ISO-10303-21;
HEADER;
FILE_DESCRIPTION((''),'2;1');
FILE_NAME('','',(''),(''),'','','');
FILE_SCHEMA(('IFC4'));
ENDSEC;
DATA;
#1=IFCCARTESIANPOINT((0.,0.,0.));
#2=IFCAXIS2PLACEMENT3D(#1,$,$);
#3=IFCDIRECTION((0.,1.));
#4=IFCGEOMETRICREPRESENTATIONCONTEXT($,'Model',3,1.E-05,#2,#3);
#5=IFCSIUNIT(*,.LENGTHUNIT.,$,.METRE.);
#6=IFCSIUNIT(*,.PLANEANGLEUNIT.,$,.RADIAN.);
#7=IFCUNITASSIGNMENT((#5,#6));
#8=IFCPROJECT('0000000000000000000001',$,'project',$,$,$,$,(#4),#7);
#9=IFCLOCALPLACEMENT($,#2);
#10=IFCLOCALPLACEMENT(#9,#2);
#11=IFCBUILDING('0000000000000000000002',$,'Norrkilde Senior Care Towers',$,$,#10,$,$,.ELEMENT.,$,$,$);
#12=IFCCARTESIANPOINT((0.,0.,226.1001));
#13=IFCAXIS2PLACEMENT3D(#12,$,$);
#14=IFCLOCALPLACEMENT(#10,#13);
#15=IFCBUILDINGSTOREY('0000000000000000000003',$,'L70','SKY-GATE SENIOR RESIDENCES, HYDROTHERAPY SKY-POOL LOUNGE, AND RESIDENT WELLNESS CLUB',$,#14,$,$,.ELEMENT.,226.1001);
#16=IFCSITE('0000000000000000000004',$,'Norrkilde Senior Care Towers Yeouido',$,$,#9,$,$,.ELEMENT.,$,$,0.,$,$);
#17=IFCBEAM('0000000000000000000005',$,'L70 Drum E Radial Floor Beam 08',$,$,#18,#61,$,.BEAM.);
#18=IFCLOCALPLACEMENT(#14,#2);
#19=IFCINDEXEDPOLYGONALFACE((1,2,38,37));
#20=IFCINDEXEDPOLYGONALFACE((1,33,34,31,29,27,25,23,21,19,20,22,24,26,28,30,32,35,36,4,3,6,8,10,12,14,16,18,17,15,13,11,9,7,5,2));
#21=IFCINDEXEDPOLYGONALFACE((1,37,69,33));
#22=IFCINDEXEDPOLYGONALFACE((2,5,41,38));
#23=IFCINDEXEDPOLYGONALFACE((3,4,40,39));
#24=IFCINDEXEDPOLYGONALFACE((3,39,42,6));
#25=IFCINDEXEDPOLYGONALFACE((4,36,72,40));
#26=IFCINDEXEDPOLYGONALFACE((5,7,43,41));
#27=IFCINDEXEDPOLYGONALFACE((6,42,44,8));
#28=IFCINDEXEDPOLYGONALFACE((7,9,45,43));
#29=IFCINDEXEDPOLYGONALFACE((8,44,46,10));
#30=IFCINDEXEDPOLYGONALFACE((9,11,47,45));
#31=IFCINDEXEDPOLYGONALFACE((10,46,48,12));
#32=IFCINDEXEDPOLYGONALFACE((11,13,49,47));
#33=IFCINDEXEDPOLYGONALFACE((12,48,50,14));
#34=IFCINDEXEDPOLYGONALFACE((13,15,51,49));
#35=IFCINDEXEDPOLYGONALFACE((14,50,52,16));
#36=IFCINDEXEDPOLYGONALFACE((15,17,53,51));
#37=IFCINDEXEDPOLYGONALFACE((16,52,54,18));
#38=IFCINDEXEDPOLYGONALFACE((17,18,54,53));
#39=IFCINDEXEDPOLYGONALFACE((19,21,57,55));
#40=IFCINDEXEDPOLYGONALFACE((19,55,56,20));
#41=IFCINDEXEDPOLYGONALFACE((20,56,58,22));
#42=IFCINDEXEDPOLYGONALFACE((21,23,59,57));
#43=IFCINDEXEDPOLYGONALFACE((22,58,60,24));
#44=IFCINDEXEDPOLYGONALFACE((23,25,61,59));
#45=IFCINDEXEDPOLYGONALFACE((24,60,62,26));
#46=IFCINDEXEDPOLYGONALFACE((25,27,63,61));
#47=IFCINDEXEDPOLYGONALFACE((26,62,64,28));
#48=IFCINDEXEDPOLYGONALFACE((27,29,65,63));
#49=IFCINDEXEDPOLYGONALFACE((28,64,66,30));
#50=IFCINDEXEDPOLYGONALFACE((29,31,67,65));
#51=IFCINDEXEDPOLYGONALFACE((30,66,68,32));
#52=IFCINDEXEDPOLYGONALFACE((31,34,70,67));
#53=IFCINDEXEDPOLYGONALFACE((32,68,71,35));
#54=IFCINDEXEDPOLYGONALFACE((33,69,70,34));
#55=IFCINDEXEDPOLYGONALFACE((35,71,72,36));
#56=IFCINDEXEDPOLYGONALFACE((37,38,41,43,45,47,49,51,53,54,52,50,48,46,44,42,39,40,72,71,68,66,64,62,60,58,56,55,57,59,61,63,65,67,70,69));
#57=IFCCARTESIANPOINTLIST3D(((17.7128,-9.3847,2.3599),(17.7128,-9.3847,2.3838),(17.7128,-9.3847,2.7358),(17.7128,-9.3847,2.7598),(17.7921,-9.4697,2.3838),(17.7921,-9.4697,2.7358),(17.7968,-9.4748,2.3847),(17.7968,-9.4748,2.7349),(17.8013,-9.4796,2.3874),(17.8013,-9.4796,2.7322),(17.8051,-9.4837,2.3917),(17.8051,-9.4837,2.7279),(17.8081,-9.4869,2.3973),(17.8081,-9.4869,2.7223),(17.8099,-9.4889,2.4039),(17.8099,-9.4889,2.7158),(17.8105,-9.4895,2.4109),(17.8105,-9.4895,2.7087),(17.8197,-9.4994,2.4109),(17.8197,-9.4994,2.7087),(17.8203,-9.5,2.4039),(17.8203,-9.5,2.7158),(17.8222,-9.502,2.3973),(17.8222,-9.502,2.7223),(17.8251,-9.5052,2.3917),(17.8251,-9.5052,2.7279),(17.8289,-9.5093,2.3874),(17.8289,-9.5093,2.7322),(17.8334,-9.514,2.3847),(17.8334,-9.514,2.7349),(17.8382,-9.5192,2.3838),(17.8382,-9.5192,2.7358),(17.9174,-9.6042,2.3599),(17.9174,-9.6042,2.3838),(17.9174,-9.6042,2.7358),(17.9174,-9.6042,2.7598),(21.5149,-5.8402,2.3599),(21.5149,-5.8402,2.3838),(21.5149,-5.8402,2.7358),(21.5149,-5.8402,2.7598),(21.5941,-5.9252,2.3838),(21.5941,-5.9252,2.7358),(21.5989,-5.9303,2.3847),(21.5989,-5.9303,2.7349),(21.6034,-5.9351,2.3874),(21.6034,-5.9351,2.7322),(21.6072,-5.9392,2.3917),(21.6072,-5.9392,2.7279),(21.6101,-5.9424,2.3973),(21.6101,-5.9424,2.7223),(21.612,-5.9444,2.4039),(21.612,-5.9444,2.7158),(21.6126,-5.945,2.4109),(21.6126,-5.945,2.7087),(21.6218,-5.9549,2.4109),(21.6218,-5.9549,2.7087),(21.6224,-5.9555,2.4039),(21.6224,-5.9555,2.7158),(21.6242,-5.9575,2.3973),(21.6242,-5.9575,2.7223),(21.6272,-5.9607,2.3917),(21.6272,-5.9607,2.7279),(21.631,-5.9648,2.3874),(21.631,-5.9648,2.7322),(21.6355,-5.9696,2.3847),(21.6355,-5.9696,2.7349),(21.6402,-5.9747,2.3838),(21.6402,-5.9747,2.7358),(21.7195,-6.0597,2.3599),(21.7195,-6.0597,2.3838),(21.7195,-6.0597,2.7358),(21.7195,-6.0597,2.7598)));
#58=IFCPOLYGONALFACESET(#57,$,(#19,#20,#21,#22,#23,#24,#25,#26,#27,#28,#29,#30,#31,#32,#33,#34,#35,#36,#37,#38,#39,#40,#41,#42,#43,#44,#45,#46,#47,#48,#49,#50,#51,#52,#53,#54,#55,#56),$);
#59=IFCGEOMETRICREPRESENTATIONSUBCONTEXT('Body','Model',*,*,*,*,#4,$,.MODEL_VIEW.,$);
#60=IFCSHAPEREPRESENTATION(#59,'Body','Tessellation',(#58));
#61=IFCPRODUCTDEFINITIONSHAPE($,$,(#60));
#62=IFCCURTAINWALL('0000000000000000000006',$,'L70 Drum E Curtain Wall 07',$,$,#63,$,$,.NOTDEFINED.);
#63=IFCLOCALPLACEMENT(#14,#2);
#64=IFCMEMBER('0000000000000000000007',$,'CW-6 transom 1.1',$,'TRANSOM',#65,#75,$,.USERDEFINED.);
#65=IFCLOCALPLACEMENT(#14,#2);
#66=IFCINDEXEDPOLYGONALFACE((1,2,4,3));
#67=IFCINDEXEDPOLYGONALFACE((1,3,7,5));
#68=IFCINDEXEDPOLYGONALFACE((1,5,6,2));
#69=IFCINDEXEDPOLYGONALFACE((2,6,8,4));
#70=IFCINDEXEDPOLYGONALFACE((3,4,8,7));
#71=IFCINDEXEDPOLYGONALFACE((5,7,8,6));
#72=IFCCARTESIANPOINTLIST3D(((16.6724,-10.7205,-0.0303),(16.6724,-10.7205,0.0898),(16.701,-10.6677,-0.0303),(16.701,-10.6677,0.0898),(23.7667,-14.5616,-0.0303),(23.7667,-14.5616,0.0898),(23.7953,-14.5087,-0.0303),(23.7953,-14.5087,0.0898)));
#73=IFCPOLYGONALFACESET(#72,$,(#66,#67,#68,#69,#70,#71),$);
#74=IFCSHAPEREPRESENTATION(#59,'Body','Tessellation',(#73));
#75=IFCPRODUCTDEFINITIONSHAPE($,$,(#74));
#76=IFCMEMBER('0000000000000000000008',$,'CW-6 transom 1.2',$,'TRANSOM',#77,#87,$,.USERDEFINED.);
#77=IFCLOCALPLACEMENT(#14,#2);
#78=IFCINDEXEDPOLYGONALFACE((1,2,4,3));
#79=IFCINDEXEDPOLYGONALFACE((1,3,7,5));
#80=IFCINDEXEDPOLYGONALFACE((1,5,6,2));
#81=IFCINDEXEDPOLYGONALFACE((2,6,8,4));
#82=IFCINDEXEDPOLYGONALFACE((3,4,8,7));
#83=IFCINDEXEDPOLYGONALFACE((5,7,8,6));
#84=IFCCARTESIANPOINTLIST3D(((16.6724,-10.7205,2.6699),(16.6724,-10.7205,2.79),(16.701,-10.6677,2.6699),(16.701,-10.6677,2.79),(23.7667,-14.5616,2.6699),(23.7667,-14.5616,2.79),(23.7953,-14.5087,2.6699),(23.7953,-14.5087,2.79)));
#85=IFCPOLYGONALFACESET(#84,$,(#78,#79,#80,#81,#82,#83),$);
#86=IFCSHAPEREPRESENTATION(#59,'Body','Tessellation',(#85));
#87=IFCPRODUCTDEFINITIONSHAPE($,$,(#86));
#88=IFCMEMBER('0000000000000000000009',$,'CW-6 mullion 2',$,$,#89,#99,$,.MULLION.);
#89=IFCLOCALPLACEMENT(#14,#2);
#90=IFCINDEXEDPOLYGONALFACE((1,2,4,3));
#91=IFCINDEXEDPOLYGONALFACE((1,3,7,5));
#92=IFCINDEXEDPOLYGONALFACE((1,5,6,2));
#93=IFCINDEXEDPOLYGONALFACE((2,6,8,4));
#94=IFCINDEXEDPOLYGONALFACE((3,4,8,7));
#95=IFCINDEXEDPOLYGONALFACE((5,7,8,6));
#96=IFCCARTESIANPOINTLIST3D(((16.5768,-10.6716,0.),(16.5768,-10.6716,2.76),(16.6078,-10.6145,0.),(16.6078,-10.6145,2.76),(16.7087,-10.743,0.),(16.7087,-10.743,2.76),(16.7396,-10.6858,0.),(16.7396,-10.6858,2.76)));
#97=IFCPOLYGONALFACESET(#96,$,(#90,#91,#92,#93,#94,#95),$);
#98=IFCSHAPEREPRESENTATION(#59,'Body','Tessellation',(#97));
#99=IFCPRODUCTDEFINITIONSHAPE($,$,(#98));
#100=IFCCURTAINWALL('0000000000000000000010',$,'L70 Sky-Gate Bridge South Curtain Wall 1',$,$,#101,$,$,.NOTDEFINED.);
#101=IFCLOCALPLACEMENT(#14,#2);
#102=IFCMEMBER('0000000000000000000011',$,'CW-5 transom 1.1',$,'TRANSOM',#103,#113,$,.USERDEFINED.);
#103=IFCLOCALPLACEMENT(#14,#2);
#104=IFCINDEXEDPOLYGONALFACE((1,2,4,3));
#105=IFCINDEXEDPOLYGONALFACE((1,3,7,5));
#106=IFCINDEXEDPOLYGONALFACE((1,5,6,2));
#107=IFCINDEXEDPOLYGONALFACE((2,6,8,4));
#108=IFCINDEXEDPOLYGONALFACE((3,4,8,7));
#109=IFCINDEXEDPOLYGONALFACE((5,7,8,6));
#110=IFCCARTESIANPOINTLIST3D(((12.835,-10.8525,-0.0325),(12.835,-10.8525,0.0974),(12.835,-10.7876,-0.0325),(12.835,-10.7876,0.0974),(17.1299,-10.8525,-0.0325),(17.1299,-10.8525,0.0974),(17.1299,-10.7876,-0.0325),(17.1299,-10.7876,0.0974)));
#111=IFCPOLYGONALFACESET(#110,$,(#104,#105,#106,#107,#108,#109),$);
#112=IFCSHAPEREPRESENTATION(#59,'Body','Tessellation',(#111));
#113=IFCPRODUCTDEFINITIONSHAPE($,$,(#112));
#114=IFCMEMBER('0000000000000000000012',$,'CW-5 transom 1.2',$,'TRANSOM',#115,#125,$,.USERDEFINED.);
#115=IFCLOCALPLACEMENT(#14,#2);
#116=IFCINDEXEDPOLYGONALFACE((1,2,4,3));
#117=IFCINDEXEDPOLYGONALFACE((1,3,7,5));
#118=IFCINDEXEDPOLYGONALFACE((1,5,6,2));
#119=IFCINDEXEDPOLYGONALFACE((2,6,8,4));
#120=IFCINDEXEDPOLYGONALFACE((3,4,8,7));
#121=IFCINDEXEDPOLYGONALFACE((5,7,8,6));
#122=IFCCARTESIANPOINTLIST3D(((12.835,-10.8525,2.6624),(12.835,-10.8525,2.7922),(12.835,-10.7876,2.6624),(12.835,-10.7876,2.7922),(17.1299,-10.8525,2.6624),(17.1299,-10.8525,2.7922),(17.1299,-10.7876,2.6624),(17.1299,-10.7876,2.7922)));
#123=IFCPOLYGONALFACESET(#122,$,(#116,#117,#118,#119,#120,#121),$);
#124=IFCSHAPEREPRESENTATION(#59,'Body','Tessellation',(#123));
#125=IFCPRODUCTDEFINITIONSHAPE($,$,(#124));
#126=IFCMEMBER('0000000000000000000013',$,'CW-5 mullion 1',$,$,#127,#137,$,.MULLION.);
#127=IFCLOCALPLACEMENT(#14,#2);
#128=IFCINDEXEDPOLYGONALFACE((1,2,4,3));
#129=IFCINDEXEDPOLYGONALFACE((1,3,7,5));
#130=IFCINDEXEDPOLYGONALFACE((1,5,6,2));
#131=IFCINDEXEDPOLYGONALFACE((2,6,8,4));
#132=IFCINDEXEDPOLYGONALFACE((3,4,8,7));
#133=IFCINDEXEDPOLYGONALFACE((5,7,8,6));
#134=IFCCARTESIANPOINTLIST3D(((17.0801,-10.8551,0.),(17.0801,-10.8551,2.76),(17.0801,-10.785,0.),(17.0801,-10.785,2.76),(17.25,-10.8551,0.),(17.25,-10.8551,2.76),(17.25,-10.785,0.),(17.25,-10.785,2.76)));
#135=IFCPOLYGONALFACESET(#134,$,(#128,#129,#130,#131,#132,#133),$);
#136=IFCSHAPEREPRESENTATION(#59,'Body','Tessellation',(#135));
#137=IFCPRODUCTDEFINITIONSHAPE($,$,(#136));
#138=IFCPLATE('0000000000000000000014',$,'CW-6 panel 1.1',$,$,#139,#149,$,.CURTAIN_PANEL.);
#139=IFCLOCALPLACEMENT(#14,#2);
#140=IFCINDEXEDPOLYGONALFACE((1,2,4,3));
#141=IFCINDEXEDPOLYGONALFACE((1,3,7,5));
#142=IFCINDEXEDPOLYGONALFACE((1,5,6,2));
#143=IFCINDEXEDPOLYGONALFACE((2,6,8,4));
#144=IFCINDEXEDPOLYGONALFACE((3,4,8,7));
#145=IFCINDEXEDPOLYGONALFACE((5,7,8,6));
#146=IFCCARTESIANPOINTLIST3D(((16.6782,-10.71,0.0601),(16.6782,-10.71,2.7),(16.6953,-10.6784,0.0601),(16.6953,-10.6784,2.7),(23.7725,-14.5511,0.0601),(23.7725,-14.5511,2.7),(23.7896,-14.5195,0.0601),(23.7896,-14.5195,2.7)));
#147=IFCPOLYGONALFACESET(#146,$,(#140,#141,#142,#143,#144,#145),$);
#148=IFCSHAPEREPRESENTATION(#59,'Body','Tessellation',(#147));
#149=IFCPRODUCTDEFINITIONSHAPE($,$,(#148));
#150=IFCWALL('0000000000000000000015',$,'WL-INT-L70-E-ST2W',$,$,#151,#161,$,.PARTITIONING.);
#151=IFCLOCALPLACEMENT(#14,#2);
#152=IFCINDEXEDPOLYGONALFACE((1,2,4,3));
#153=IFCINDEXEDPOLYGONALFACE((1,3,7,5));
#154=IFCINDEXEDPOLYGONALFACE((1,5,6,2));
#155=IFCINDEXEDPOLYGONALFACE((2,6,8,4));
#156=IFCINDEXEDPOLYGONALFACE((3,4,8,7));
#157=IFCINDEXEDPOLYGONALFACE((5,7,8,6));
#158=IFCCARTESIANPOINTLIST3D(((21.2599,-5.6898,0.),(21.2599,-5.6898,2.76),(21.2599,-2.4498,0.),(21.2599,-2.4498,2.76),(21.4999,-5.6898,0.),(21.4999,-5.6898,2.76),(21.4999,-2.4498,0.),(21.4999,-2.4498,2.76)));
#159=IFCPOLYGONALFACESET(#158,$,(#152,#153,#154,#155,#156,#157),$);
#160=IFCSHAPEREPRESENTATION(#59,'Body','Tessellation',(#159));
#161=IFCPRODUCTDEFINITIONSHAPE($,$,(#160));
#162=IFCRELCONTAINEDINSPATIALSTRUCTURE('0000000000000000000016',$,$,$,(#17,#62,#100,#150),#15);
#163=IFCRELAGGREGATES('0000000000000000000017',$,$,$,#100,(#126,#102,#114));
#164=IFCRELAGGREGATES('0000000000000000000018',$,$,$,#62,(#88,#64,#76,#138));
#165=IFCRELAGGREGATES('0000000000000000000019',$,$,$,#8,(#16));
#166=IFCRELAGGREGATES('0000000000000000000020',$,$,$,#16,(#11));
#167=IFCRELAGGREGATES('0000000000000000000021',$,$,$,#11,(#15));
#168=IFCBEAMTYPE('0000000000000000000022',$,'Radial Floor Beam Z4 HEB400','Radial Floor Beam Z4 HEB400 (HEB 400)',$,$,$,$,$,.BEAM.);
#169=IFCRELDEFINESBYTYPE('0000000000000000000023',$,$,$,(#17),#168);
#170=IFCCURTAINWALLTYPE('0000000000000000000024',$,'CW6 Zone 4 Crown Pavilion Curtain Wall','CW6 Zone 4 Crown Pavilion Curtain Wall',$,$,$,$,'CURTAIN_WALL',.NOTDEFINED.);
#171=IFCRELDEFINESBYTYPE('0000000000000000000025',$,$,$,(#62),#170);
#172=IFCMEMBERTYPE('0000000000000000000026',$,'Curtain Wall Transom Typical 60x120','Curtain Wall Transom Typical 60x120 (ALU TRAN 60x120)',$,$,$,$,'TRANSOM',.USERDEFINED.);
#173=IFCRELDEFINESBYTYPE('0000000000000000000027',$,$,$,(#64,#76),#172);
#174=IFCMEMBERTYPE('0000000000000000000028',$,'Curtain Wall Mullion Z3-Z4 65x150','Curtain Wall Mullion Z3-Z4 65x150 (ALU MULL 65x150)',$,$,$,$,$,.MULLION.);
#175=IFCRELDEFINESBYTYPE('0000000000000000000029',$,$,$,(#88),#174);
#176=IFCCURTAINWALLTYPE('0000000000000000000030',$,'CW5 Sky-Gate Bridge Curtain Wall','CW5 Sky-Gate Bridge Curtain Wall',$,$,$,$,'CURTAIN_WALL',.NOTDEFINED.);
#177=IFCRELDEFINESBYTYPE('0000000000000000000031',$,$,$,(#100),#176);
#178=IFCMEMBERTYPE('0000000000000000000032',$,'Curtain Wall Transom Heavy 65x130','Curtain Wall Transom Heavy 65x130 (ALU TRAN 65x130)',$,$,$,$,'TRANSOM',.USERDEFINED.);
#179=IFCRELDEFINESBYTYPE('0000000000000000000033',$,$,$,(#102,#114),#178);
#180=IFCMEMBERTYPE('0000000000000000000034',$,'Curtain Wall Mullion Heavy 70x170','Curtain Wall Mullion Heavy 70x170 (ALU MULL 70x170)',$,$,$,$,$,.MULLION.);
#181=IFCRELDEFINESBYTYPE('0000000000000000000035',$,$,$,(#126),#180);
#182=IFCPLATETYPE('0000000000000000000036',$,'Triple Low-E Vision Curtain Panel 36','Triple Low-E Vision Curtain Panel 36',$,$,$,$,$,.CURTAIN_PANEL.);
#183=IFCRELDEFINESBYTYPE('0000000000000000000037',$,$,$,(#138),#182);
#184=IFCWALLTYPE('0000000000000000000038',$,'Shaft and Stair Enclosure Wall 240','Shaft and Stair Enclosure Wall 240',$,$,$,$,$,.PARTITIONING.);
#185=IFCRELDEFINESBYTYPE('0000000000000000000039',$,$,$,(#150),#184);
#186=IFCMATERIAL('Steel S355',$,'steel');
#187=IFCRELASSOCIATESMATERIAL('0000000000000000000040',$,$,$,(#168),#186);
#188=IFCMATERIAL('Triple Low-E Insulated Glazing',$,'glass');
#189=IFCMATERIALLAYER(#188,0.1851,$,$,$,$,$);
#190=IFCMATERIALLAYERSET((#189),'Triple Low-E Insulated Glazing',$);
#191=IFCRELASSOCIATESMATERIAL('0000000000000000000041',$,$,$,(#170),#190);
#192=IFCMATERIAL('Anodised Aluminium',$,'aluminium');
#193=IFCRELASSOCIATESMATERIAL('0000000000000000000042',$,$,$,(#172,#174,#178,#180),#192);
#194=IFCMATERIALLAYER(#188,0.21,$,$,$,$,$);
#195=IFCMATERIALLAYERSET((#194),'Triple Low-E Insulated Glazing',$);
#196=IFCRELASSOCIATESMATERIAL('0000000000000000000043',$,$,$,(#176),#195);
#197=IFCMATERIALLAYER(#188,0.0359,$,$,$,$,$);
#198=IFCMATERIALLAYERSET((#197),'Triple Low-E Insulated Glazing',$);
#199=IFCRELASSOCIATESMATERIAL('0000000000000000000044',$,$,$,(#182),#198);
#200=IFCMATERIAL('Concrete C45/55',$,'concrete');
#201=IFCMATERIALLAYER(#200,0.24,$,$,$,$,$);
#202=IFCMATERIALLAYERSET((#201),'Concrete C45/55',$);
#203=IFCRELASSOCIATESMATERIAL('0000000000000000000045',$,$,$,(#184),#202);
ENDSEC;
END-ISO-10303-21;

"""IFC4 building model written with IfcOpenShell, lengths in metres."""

from ifc_helpers import new_model, si_unit, direction, frame, frame_2d, origin, origin_2d, place, context, subcontext, project, spatial, rectangle, i_section, extrude, source, transform, mapped, material, layer, layer_set, material_profile, profile_set, type_object, type_shapes, element, aggregate, save


model = new_model("IFC4")

# Units and contexts
model_context = context("Model", 3, precision=1e-05, world=origin(), true_north=direction((0.0, 1.0)))
body_context = subcontext(model_context, "Body", "Model", "MODEL_VIEW")
ifc_project = project(units=[si_unit("LENGTHUNIT", "METRE"), si_unit("PLANEANGLEUNIT", "RADIAN")], contexts=[model_context])

# Site, building, storey
site_placement = place(None, origin())
site = spatial("IfcSite", under=ifc_project, at=site_placement, Name="Norrkilde Senior Care Towers Yeouido", CompositionType="ELEMENT", RefElevation=0.0)
building_placement = place(site_placement, origin())
building = spatial("IfcBuilding", under=site, at=building_placement, Name="Norrkilde Senior Care Towers", CompositionType="ELEMENT")
storey_placement = place(building_placement, frame((0.0, 0.0, 226.1001)))
storey = spatial("IfcBuildingStorey", under=building, at=storey_placement, Name="L70", Description="SKY-GATE SENIOR RESIDENCES, HYDROTHERAPY SKY-POOL LOUNGE, AND RESIDENT WELLNESS CLUB", CompositionType="ELEMENT", Elevation=226.1001)

# Beam
ifc_material_1 = material(Name="Steel S355", Category="steel")
ifc_material_profile_1 = material_profile(ifc_material_1, i_section(OverallWidth=0.3, OverallDepth=0.3999, WebThickness=0.0134, FlangeThickness=0.0239, FilletRadius=0.0271, at=origin_2d()), Name="HEB 400")
ifc_profile_set_1 = profile_set([ifc_material_profile_1], Name="Steel S355")
beam_type_1 = type_object("IfcBeamType", Name="Radial Floor Beam Z4 HEB400", Description="Radial Floor Beam Z4 HEB400 (HEB 400)", PredefinedType="BEAM", material=ifc_profile_set_1)
shared_shape_1 = source(origin(), body_context, "Body", "SweptSolid", [
    extrude(i_section(OverallWidth=0.3, OverallDepth=0.3999, WebThickness=0.0134, FlangeThickness=0.0239, FilletRadius=0.0271, at=origin_2d()), origin(), (0.0, 0.0, 1.0), 5.198),
])
type_shapes(beam_type_1, [shared_shape_1])
beam_1_placement = place(storey_placement, frame((21.6172, -5.95, 2.5598), z_axis=(-0.731449, -0.681896, 0.0), x_axis=(0.681896, -0.731449, 0.0)))
element("IfcBeam", 1, at=beam_1_placement, inside=storey, type_object=beam_type_1, Name="L70 Drum E Radial Floor Beam 08", PredefinedType="BEAM", context=body_context, shape_type="MappedRepresentation", body=[
    mapped(shared_shape_1, transform((0.0, 0.0, 0.0), x_axis=(1.0, 0.0, 0.0), y_axis=(0.0, 1.0, 0.0), z_axis=(0.0, 0.0, 1.0), scale=1.0)),
])

# Curtain walls, members
ifc_material_2 = material(Name="Triple Low-E Insulated Glazing", Category="glass")
ifc_layer_1 = layer(ifc_material_2, 0.1851)
ifc_layer_set_1 = layer_set([ifc_layer_1], Name="Triple Low-E Insulated Glazing")
curtain_wall_type_1 = type_object("IfcCurtainWallType", Name="CW6 Zone 4 Crown Pavilion Curtain Wall", Description="CW6 Zone 4 Crown Pavilion Curtain Wall", ElementType="CURTAIN_WALL", PredefinedType="NOTDEFINED", material=ifc_layer_set_1)
curtain_wall_1_placement = place(storey_placement, origin())
curtain_wall_1 = element("IfcCurtainWall", 2, at=curtain_wall_1_placement, inside=storey, type_object=curtain_wall_type_1, Name="L70 Drum E Curtain Wall 07", PredefinedType="NOTDEFINED")
ifc_material_3 = material(Name="Anodised Aluminium", Category="aluminium")
ifc_material_profile_2 = material_profile(ifc_material_3, rectangle(XDim=0.0601, YDim=0.1201, at=origin_2d()), Name="ALU TRAN 60x120")
ifc_profile_set_2 = profile_set([ifc_material_profile_2], Name="Anodised Aluminium")
member_type_1 = type_object("IfcMemberType", Name="Curtain Wall Transom Typical 60x120", Description="Curtain Wall Transom Typical 60x120 (ALU TRAN 60x120)", ElementType="TRANSOM", PredefinedType="USERDEFINED", material=ifc_profile_set_2)
shared_shape_2 = source(origin(), body_context, "Body", "SweptSolid", [
    extrude(rectangle(XDim=0.0601, YDim=0.1201, at=origin_2d()), origin(), (0.0, 0.0, 1.0), 8.0674),
])
type_shapes(member_type_1, [shared_shape_2])
member_1_placement = place(storey_placement, frame((23.781, -14.5352, 0.0298), z_axis=(-0.879378, 0.476125, 0.0), x_axis=(-0.476125, -0.879378, 0.0)))
member_1 = element("IfcMember", 3, at=member_1_placement, type_object=member_type_1, Name="CW-6 transom 1.1", ObjectType="TRANSOM", PredefinedType="USERDEFINED", context=body_context, shape_type="MappedRepresentation", body=[
    mapped(shared_shape_2, transform((0.0, 0.0, 0.0), x_axis=(1.0, 0.0, 0.0), y_axis=(0.0, 1.0, 0.0), z_axis=(0.0, 0.0, 1.0), scale=1.0)),
])
member_2_placement = place(storey_placement, frame((23.781, -14.5352, 2.73), z_axis=(-0.879378, 0.476125, 0.0), x_axis=(-0.476125, -0.879378, 0.0)))
member_2 = element("IfcMember", 4, at=member_2_placement, type_object=member_type_1, Name="CW-6 transom 1.2", ObjectType="TRANSOM", PredefinedType="USERDEFINED", context=body_context, shape_type="MappedRepresentation", body=[
    mapped(shared_shape_2, transform((0.0, 0.0, 0.0), x_axis=(1.0, 0.0, 0.0), y_axis=(0.0, 1.0, 0.0), z_axis=(0.0, 0.0, 1.0), scale=1.0)),
])
ifc_material_profile_3 = material_profile(ifc_material_3, rectangle(XDim=0.0649, YDim=0.1499, at=origin_2d()), Name="ALU MULL 65x150")
ifc_profile_set_3 = profile_set([ifc_material_profile_3], Name="Anodised Aluminium")
member_type_2 = type_object("IfcMemberType", Name="Curtain Wall Mullion Z3-Z4 65x150", Description="Curtain Wall Mullion Z3-Z4 65x150 (ALU MULL 65x150)", PredefinedType="MULLION", material=ifc_profile_set_3)
shared_shape_3 = source(origin(), body_context, "Body", "SweptSolid", [
    extrude(rectangle(XDim=0.0649, YDim=0.1499, at=origin_2d()), origin(), (0.0, 0.0, 1.0), 2.76),
])
type_shapes(member_type_2, [shared_shape_3])
member_3_placement = place(storey_placement, frame((16.6582, -10.6787, 0.0), z_axis=(0.0, 0.0, 1.0), x_axis=(-0.476133, -0.879373, 0.0)))
member_3 = element("IfcMember", 5, at=member_3_placement, type_object=member_type_2, Name="CW-6 mullion 2", PredefinedType="MULLION", context=body_context, shape_type="MappedRepresentation", body=[
    mapped(shared_shape_3, transform((0.0, 0.0, 0.0), x_axis=(1.0, 0.0, 0.0), y_axis=(0.0, 1.0, 0.0), z_axis=(0.0, 0.0, 1.0), scale=1.0)),
])
ifc_layer_2 = layer(ifc_material_2, 0.21)
ifc_layer_set_2 = layer_set([ifc_layer_2], Name="Triple Low-E Insulated Glazing")
curtain_wall_type_2 = type_object("IfcCurtainWallType", Name="CW5 Sky-Gate Bridge Curtain Wall", Description="CW5 Sky-Gate Bridge Curtain Wall", ElementType="CURTAIN_WALL", PredefinedType="NOTDEFINED", material=ifc_layer_set_2)
curtain_wall_2_placement = place(storey_placement, origin())
curtain_wall_2 = element("IfcCurtainWall", 6, at=curtain_wall_2_placement, inside=storey, type_object=curtain_wall_type_2, Name="L70 Sky-Gate Bridge South Curtain Wall 1", PredefinedType="NOTDEFINED")
ifc_material_profile_4 = material_profile(ifc_material_3, rectangle(XDim=0.0649, YDim=0.1299, at=origin_2d()), Name="ALU TRAN 65x130")
ifc_profile_set_4 = profile_set([ifc_material_profile_4], Name="Anodised Aluminium")
member_type_3 = type_object("IfcMemberType", Name="Curtain Wall Transom Heavy 65x130", Description="Curtain Wall Transom Heavy 65x130 (ALU TRAN 65x130)", ElementType="TRANSOM", PredefinedType="USERDEFINED", material=ifc_profile_set_4)
shared_shape_4 = source(origin(), body_context, "Body", "SweptSolid", [
    extrude(rectangle(XDim=0.0649, YDim=0.1299, at=origin_2d()), origin(), (0.0, 0.0, 1.0), 4.2949),
])
type_shapes(member_type_3, [shared_shape_4])
member_4_placement = place(storey_placement, frame((17.1299, -10.8201, 0.0325), z_axis=(-1.0, 0.0, 0.0), x_axis=(0.0, -1.0, 0.0)))
member_4 = element("IfcMember", 7, at=member_4_placement, type_object=member_type_3, Name="CW-5 transom 1.1", ObjectType="TRANSOM", PredefinedType="USERDEFINED", context=body_context, shape_type="MappedRepresentation", body=[
    mapped(shared_shape_4, transform((0.0, 0.0, 0.0), x_axis=(1.0, 0.0, 0.0), y_axis=(0.0, 1.0, 0.0), z_axis=(0.0, 0.0, 1.0), scale=1.0)),
])
member_5_placement = place(storey_placement, frame((17.1299, -10.8201, 2.7273), z_axis=(-1.0, 0.0, 0.0), x_axis=(0.0, -1.0, 0.0)))
member_5 = element("IfcMember", 8, at=member_5_placement, type_object=member_type_3, Name="CW-5 transom 1.2", ObjectType="TRANSOM", PredefinedType="USERDEFINED", context=body_context, shape_type="MappedRepresentation", body=[
    mapped(shared_shape_4, transform((0.0, 0.0, 0.0), x_axis=(1.0, 0.0, 0.0), y_axis=(0.0, 1.0, 0.0), z_axis=(0.0, 0.0, 1.0), scale=1.0)),
])
ifc_material_profile_5 = material_profile(ifc_material_3, rectangle(XDim=0.0701, YDim=0.1699, at=origin_2d()), Name="ALU MULL 70x170")
ifc_profile_set_5 = profile_set([ifc_material_profile_5], Name="Anodised Aluminium")
member_type_4 = type_object("IfcMemberType", Name="Curtain Wall Mullion Heavy 70x170", Description="Curtain Wall Mullion Heavy 70x170 (ALU MULL 70x170)", PredefinedType="MULLION", material=ifc_profile_set_5)
shared_shape_5 = source(origin(), body_context, "Body", "SweptSolid", [
    extrude(rectangle(XDim=0.0701, YDim=0.1699, at=origin_2d()), origin(), (0.0, 0.0, 1.0), 2.76),
])
type_shapes(member_type_4, [shared_shape_5])
member_6_placement = place(storey_placement, frame((17.165, -10.8201, 0.0), z_axis=(0.0, 0.0, 1.0), x_axis=(0.0, -1.0, 0.0)))
member_6 = element("IfcMember", 9, at=member_6_placement, type_object=member_type_4, Name="CW-5 mullion 1", PredefinedType="MULLION", context=body_context, shape_type="MappedRepresentation", body=[
    mapped(shared_shape_5, transform((0.0, 0.0, 0.0), x_axis=(1.0, 0.0, 0.0), y_axis=(0.0, 1.0, 0.0), z_axis=(0.0, 0.0, 1.0), scale=1.0)),
])
aggregate(curtain_wall_2, [member_6, member_4, member_5])

# Plate
ifc_layer_3 = layer(ifc_material_2, 0.0359)
ifc_layer_set_3 = layer_set([ifc_layer_3], Name="Triple Low-E Insulated Glazing")
plate_type = type_object("IfcPlateType", Name="Triple Low-E Vision Curtain Panel 36", Description="Triple Low-E Vision Curtain Panel 36", PredefinedType="CURTAIN_PANEL", material=ifc_layer_set_3)
shared_shape_6 = source(origin(), body_context, "Body", "SweptSolid", [
    extrude(rectangle(XDim=8.0674, YDim=0.0359, at=origin_2d()), origin(), (0.0, 0.0, 1.0), 2.6399),
])
type_shapes(plate_type, [shared_shape_6])
plate_placement = place(storey_placement, frame((20.2339, -12.6147, 0.0601), z_axis=(0.0, 0.0, 1.0), x_axis=(-0.879373, 0.476133, 0.0)))
plate = element("IfcPlate", 10, at=plate_placement, type_object=plate_type, Name="CW-6 panel 1.1", PredefinedType="CURTAIN_PANEL", context=body_context, shape_type="MappedRepresentation", body=[
    mapped(shared_shape_6, transform((0.0, 0.0, 0.0), x_axis=(1.0, 0.0, 0.0), y_axis=(0.0, 1.0, 0.0), z_axis=(0.0, 0.0, 1.0), scale=1.0)),
])
aggregate(curtain_wall_1, [member_3, member_1, member_2, plate])

# Wall
ifc_material_4 = material(Name="Concrete C45/55", Category="concrete")
ifc_layer_4 = layer(ifc_material_4, 0.24)
ifc_layer_set_4 = layer_set([ifc_layer_4], Name="Concrete C45/55")
wall_type_1 = type_object("IfcWallType", Name="Shaft and Stair Enclosure Wall 240", Description="Shaft and Stair Enclosure Wall 240", PredefinedType="PARTITIONING", material=ifc_layer_set_4)
shared_shape_7 = source(origin(), body_context, "Body", "SweptSolid", [
    extrude(rectangle(XDim=3.24, YDim=0.24, at=frame_2d((1.6201, 0.0))), origin(), (0.0, 0.0, 1.0), 2.76),
])
type_shapes(wall_type_1, [shared_shape_7])
wall_1_placement = place(storey_placement, frame((21.3799, -5.6899, 0.0), z_axis=(0.0, 0.0, 1.0), x_axis=(0.0, 1.0, 0.0)))
element("IfcWall", 11, at=wall_1_placement, inside=storey, type_object=wall_type_1, Name="WL-INT-L70-E-ST2W", PredefinedType="PARTITIONING", context=body_context, shape_type="MappedRepresentation", body=[
    mapped(shared_shape_7, transform((0.0, 0.0, 0.0), x_axis=(1.0, 0.0, 0.0), y_axis=(0.0, 1.0, 0.0), z_axis=(0.0, 0.0, 1.0), scale=1.0)),
])

save(model, "model.ifc")
